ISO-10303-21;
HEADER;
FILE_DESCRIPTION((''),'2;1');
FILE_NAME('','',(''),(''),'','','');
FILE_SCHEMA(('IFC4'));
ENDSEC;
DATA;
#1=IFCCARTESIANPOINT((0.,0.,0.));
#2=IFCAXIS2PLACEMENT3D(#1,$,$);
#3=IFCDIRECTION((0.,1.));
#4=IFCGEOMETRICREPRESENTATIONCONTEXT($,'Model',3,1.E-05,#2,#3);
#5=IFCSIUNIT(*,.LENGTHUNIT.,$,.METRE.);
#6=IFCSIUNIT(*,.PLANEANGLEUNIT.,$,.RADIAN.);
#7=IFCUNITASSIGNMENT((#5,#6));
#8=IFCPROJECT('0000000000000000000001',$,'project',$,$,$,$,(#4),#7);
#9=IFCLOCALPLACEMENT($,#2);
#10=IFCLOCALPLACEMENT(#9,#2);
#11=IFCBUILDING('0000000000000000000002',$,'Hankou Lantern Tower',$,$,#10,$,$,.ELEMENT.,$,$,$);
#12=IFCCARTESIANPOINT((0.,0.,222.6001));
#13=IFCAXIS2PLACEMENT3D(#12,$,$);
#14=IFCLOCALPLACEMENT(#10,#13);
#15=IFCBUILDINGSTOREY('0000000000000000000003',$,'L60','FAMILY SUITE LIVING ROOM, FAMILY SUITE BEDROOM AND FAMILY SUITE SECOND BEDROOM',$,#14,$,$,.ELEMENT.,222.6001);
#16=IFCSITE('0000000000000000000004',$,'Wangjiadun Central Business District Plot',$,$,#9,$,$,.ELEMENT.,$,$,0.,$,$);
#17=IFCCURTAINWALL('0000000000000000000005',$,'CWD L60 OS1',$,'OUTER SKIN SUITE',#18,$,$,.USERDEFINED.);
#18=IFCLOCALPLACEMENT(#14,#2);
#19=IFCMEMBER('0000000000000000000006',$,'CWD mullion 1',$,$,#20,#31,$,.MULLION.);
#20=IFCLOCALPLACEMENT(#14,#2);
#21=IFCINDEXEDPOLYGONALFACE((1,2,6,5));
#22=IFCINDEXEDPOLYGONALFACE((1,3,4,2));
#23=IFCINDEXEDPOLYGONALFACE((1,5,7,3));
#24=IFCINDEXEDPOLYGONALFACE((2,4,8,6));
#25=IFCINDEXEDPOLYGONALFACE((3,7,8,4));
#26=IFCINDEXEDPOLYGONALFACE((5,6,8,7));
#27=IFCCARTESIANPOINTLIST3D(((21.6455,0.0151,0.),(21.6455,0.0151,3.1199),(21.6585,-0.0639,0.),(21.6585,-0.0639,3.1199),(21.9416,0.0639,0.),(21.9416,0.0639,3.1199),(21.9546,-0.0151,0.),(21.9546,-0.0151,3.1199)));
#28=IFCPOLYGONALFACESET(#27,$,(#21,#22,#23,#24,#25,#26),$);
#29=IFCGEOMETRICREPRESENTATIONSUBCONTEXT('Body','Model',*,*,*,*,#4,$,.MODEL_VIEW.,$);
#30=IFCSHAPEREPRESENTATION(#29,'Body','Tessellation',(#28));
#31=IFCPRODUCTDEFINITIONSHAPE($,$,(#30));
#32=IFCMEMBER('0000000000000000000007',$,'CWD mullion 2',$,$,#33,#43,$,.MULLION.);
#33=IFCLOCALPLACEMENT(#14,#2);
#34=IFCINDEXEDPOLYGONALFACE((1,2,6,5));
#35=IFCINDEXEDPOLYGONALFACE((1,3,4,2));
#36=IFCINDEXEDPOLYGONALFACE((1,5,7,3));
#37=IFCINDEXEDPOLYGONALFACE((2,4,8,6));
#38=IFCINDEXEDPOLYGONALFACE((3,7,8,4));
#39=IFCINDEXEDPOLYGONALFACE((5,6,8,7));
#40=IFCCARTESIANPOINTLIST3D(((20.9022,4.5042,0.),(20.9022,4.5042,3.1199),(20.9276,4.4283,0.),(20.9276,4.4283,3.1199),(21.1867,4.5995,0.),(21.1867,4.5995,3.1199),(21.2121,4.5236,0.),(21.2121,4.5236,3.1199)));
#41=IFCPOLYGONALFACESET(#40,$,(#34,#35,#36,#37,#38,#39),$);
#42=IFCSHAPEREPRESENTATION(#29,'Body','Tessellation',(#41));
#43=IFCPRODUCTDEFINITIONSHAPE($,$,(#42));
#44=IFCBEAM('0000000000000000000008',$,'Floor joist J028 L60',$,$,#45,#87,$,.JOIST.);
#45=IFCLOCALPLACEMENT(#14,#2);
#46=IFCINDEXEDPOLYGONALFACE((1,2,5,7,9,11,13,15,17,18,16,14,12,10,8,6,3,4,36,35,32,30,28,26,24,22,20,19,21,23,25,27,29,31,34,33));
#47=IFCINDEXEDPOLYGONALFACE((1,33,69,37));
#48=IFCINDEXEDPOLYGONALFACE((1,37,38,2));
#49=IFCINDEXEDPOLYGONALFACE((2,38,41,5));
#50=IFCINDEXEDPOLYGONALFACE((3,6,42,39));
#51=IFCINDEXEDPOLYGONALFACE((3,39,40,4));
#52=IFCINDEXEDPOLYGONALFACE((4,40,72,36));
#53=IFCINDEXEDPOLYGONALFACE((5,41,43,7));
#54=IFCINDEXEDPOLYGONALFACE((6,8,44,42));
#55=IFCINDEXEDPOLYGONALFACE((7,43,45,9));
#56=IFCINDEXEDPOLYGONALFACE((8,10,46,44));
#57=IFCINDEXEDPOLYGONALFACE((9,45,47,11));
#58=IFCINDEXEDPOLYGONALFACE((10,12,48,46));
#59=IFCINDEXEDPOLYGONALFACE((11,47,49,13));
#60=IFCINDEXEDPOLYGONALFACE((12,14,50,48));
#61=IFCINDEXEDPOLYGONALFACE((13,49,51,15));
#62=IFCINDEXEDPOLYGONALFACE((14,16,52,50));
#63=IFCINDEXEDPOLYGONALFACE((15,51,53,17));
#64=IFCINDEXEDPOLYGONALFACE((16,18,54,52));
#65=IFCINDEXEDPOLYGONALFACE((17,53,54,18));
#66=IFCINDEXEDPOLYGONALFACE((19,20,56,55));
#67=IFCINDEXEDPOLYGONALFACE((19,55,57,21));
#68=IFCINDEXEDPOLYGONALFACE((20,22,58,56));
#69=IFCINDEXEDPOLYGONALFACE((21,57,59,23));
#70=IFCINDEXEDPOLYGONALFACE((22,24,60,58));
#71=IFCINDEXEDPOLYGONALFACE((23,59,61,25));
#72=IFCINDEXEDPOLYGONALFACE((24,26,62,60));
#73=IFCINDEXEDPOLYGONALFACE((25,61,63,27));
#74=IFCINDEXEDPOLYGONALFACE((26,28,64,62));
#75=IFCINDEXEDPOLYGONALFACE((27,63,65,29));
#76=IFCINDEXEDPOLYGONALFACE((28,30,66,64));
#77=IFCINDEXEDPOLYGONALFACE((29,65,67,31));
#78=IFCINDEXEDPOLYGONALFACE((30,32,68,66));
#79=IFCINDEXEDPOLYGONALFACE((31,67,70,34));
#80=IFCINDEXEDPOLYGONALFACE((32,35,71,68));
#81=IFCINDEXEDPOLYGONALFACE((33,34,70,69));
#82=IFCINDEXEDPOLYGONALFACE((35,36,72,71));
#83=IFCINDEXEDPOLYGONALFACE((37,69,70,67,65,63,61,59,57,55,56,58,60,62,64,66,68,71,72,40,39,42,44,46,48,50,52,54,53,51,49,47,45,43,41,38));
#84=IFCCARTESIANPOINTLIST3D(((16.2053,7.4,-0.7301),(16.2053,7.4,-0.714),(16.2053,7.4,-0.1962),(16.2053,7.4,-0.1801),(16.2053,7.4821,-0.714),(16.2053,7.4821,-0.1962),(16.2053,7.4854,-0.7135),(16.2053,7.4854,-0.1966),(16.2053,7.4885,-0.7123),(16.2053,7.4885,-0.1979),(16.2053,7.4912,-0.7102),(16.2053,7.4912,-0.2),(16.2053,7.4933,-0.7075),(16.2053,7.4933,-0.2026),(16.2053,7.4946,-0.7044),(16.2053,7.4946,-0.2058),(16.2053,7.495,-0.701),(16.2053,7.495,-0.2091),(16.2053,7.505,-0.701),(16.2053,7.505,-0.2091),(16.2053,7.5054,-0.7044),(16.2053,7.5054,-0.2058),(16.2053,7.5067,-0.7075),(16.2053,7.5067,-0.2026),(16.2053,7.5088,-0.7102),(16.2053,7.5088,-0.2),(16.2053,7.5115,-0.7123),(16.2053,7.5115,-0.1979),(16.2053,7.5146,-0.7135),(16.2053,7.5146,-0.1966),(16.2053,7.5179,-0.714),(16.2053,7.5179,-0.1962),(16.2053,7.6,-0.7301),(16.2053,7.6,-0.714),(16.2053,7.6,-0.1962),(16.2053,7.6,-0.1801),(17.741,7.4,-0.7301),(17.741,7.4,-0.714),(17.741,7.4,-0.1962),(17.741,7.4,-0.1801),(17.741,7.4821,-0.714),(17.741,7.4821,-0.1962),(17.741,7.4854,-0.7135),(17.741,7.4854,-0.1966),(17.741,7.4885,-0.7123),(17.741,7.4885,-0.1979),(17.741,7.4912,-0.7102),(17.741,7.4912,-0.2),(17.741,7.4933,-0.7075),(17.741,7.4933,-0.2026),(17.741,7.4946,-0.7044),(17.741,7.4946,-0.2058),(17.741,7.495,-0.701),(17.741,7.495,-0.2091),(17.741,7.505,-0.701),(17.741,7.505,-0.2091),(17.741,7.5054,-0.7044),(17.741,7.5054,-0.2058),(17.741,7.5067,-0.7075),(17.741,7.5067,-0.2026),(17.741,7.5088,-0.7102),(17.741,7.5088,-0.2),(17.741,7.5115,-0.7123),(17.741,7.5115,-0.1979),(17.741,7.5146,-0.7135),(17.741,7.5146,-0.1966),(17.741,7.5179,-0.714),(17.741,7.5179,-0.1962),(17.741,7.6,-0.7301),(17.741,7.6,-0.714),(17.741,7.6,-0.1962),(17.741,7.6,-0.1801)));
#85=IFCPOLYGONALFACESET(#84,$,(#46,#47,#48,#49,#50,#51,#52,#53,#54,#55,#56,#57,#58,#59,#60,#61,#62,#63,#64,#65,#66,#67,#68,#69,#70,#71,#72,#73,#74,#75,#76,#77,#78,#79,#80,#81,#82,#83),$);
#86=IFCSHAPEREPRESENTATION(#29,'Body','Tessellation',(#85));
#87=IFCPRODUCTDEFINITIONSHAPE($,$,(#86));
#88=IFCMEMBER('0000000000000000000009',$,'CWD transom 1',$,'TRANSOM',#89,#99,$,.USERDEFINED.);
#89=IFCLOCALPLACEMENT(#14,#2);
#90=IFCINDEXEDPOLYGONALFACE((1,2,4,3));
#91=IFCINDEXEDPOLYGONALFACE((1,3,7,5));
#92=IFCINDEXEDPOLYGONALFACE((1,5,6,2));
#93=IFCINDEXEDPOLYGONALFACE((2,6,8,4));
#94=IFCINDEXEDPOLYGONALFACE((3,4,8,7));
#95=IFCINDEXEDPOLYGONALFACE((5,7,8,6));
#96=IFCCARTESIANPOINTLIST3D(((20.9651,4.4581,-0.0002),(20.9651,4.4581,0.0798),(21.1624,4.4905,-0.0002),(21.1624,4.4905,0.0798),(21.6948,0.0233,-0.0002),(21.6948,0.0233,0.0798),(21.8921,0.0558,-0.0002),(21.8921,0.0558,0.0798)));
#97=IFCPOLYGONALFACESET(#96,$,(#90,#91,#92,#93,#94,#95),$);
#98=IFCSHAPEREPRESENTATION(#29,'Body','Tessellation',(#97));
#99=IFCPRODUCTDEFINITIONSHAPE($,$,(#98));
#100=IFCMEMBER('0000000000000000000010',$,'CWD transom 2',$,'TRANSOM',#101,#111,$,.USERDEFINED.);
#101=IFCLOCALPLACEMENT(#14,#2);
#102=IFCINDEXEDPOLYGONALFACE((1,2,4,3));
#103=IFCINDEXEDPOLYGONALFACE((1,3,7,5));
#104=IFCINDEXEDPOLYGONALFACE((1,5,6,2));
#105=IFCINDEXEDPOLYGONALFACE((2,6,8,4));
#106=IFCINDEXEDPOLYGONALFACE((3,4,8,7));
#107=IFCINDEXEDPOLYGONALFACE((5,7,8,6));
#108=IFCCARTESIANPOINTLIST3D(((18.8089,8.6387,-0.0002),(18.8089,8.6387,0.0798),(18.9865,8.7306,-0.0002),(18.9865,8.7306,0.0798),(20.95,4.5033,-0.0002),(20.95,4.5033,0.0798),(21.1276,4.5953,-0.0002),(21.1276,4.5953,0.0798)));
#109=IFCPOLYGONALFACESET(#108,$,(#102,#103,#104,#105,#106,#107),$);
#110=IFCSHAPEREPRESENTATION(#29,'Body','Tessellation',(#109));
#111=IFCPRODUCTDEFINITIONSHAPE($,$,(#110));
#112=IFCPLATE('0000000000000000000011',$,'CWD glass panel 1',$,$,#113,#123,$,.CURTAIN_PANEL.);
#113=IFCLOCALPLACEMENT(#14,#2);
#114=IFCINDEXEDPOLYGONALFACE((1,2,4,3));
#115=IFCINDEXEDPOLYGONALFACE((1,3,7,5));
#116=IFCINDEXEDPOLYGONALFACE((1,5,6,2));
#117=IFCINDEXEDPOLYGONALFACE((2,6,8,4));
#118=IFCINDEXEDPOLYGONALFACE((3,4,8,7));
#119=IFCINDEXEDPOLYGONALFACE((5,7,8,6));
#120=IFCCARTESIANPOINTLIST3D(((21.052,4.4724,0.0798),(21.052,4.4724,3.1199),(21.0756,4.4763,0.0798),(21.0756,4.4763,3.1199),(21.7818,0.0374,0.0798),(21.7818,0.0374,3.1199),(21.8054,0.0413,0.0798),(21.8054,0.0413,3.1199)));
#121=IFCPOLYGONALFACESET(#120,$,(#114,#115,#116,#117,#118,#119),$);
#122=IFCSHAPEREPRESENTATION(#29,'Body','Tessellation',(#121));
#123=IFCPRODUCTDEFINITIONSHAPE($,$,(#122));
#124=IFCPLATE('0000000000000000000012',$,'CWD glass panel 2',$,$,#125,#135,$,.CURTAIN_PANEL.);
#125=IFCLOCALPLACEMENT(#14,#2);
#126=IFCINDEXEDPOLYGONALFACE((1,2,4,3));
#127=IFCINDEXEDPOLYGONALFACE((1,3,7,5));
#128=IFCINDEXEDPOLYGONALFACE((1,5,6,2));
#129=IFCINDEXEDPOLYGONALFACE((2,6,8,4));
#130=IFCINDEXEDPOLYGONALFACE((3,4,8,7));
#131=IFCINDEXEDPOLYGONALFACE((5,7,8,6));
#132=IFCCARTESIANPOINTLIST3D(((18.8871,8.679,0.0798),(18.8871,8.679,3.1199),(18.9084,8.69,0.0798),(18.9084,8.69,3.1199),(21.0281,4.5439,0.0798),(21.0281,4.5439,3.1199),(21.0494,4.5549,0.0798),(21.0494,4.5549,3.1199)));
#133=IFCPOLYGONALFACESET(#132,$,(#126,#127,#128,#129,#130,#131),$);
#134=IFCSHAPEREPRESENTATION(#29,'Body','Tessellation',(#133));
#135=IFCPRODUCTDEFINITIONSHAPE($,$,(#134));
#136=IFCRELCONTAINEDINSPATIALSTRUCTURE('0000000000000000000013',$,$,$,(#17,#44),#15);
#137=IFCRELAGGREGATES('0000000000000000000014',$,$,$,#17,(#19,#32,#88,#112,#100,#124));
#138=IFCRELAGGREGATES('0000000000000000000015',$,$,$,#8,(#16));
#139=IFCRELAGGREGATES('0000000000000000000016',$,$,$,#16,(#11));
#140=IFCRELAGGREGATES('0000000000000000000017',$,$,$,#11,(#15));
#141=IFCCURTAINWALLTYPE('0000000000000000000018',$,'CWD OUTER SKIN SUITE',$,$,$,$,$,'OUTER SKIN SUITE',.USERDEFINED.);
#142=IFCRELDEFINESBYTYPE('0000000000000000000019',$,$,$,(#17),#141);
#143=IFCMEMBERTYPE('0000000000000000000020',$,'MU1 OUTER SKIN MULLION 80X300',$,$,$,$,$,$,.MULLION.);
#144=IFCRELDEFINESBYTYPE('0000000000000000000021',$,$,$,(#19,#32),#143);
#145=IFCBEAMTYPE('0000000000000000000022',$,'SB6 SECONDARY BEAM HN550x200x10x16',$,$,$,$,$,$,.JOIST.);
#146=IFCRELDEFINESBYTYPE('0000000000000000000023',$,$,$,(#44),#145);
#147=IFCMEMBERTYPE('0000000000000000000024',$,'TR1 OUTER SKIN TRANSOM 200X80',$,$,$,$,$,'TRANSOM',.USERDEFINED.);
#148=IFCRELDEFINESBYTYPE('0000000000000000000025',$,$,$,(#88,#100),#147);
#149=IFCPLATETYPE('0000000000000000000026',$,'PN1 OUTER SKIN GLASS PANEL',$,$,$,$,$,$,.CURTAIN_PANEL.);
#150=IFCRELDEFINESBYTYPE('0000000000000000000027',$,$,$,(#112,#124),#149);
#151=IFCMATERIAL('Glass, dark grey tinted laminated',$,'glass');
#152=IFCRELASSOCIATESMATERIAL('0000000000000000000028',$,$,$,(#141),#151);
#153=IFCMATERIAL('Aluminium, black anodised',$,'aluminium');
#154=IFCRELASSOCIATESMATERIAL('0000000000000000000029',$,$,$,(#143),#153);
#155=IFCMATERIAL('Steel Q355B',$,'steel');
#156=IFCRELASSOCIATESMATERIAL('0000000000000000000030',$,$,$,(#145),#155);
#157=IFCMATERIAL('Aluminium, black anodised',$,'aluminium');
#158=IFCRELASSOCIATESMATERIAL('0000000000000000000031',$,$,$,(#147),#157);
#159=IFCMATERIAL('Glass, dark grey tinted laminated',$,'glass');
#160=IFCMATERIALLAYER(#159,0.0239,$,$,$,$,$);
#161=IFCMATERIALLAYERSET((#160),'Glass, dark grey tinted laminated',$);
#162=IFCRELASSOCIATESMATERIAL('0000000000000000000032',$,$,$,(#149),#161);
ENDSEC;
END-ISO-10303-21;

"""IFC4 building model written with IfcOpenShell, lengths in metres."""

from ifc_helpers import new_model, si_unit, direction, frame, origin, origin_2d, place, context, subcontext, project, spatial, rectangle, i_section, extrude, material, layer, layer_set, material_profile, profile_set, type_object, element, aggregate, save


model = new_model("IFC4")

# Units and contexts
model_context = context("Model", 3, precision=1e-05, world=origin(), true_north=direction((0.0, 1.0)))
body_context = subcontext(model_context, "Body", "Model", "MODEL_VIEW")
ifc_project = project(units=[si_unit("LENGTHUNIT", "METRE"), si_unit("PLANEANGLEUNIT", "RADIAN")], contexts=[model_context])

# Site, building, storey
site_placement = place(None, origin())
site = spatial("IfcSite", under=ifc_project, at=site_placement, Name="Wangjiadun Central Business District Plot", CompositionType="ELEMENT", RefElevation=0.0)
building_placement = place(site_placement, origin())
building = spatial("IfcBuilding", under=site, at=building_placement, Name="Hankou Lantern Tower", CompositionType="ELEMENT")
storey_placement = place(building_placement, frame((0.0, 0.0, 222.6001)))
storey = spatial("IfcBuildingStorey", under=building, at=storey_placement, Name="L60", Description="FAMILY SUITE LIVING ROOM, FAMILY SUITE BEDROOM AND FAMILY SUITE SECOND BEDROOM", CompositionType="ELEMENT", Elevation=222.6001)

# Curtain wall, members
ifc_material_1 = material(Name="Glass, dark grey tinted laminated", Category="glass")
curtain_wall_type = type_object("IfcCurtainWallType", Name="CWD OUTER SKIN SUITE", ElementType="OUTER SKIN SUITE", PredefinedType="USERDEFINED", material=ifc_material_1)
curtain_wall_placement = place(storey_placement, origin())
curtain_wall = element("IfcCurtainWall", 1, at=curtain_wall_placement, inside=storey, type_object=curtain_wall_type, Name="CWD L60 OS1", ObjectType="OUTER SKIN SUITE", PredefinedType="USERDEFINED")
ifc_material_2 = material(Name="Aluminium, black anodised", Category="aluminium")
ifc_material_profile_1 = material_profile(ifc_material_2, rectangle(XDim=0.0801, YDim=0.3, at=origin_2d()), Name="MU1 80X300")
ifc_profile_set_1 = profile_set([ifc_material_profile_1], Name="Aluminium, black anodised")
member_type_1 = type_object("IfcMemberType", Name="MU1 OUTER SKIN MULLION 80X300", PredefinedType="MULLION", material=ifc_profile_set_1)
member_1_placement = place(storey_placement, frame((21.8, 0.0, 0.0), z_axis=(0.0, 0.0, 1.0), x_axis=(-0.162382, 0.986728, 0.0)))
member_1 = element("IfcMember", 2, at=member_1_placement, type_object=member_type_1, Name="CWD mullion 1", PredefinedType="MULLION", context=body_context, shape_type="SweptSolid", body=[
    extrude(rectangle(XDim=0.0801, YDim=0.3, at=origin_2d()), origin(), (0.0, 0.0, 1.0), 3.1199),
])
member_2_placement = place(storey_placement, frame((21.0571, 4.5139, 0.0), z_axis=(0.0, 0.0, 1.0), x_axis=(-0.317596, 0.948226, 0.0)))
member_2 = element("IfcMember", 3, at=member_2_placement, type_object=member_type_1, Name="CWD mullion 2", PredefinedType="MULLION", context=body_context, shape_type="SweptSolid", body=[
    extrude(rectangle(XDim=0.0801, YDim=0.3, at=origin_2d()), origin(), (0.0, 0.0, 1.0), 3.1199),
])

# Beam
ifc_material_3 = material(Name="Steel Q355B", Category="steel")
ifc_material_profile_2 = material_profile(ifc_material_3, i_section(OverallWidth=0.2, OverallDepth=0.55, WebThickness=0.01, FlangeThickness=0.0161, FilletRadius=0.0129, at=origin_2d()), Name="HN550x200x10x16")
ifc_profile_set_2 = profile_set([ifc_material_profile_2], Name="Steel Q355B")
beam_type_1 = type_object("IfcBeamType", Name="SB6 SECONDARY BEAM HN550x200x10x16", PredefinedType="JOIST", material=ifc_profile_set_2)
beam_1_placement = place(storey_placement, frame((16.2053, 7.5, -0.4551), z_axis=(1.0, 0.0, 0.0), x_axis=(0.0, 1.0, 0.0)))
element("IfcBeam", 4, at=beam_1_placement, inside=storey, type_object=beam_type_1, Name="Floor joist J028 L60", PredefinedType="JOIST", context=body_context, shape_type="SweptSolid", body=[
    extrude(i_section(OverallWidth=0.2, OverallDepth=0.55, WebThickness=0.01, FlangeThickness=0.0161, FilletRadius=0.0129, at=origin_2d()), origin(), (0.0, 0.0, 1.0), 1.5356),
])

# Members
ifc_material_4 = material(Name="Aluminium, black anodised", Category="aluminium")
ifc_material_profile_3 = material_profile(ifc_material_4, rectangle(XDim=0.2, YDim=0.0801, at=origin_2d()), Name="TR1 200X80")
ifc_profile_set_3 = profile_set([ifc_material_profile_3], Name="Aluminium, black anodised")
member_type_2 = type_object("IfcMemberType", Name="TR1 OUTER SKIN TRANSOM 200X80", ElementType="TRANSOM", PredefinedType="USERDEFINED", material=ifc_profile_set_3)
member_3_placement = place(storey_placement, frame((21.7935, 0.0396, 0.0398), z_axis=(-0.162364, 0.986731, 0.0), x_axis=(-0.986731, -0.162364, 0.0)))
member_3 = element("IfcMember", 5, at=member_3_placement, type_object=member_type_2, Name="CWD transom 1", ObjectType="TRANSOM", PredefinedType="USERDEFINED", context=body_context, shape_type="SweptSolid", body=[
    extrude(rectangle(XDim=0.2, YDim=0.0801, at=origin_2d()), origin(), (0.0, 0.0, 1.0), 4.4944),
])
member_4_placement = place(storey_placement, frame((21.0388, 4.5493, 0.0398), z_axis=(-0.459794, 0.888026, 0.0), x_axis=(-0.888026, -0.459794, 0.0)))
member_4 = element("IfcMember", 6, at=member_4_placement, type_object=member_type_2, Name="CWD transom 2", ObjectType="TRANSOM", PredefinedType="USERDEFINED", context=body_context, shape_type="SweptSolid", body=[
    extrude(rectangle(XDim=0.2, YDim=0.0801, at=origin_2d()), origin(), (0.0, 0.0, 1.0), 4.6567),
])

# Plates
ifc_material_5 = material(Name="Glass, dark grey tinted laminated", Category="glass")
ifc_layer_1 = layer(ifc_material_5, 0.0239)
ifc_layer_set_1 = layer_set([ifc_layer_1], Name="Glass, dark grey tinted laminated")
plate_type = type_object("IfcPlateType", Name="PN1 OUTER SKIN GLASS PANEL", PredefinedType="CURTAIN_PANEL", material=ifc_layer_set_1)
plate_1_placement = place(storey_placement, frame((21.4287, 2.2568, 0.0798), z_axis=(0.0, 0.0, 1.0), x_axis=(-0.162382, 0.986728, 0.0)))
plate_1 = element("IfcPlate", 7, at=plate_1_placement, type_object=plate_type, Name="CWD glass panel 1", PredefinedType="CURTAIN_PANEL", context=body_context, shape_type="SweptSolid", body=[
    extrude(rectangle(XDim=4.4946, YDim=0.0239, at=origin_2d()), origin(), (0.0, 0.0, 1.0), 3.04),
])
plate_2_placement = place(storey_placement, frame((19.9683, 6.6169, 0.0798), z_axis=(0.0, 0.0, 1.0), x_axis=(-0.459791, 0.888027, 0.0)))
plate_2 = element("IfcPlate", 8, at=plate_2_placement, type_object=plate_type, Name="CWD glass panel 2", PredefinedType="CURTAIN_PANEL", context=body_context, shape_type="SweptSolid", body=[
    extrude(rectangle(XDim=4.6565, YDim=0.0239, at=origin_2d()), origin(), (0.0, 0.0, 1.0), 3.04),
])
aggregate(curtain_wall, [member_1, member_2, member_3, plate_1, member_4, plate_2])

save(model, "model.ifc")
